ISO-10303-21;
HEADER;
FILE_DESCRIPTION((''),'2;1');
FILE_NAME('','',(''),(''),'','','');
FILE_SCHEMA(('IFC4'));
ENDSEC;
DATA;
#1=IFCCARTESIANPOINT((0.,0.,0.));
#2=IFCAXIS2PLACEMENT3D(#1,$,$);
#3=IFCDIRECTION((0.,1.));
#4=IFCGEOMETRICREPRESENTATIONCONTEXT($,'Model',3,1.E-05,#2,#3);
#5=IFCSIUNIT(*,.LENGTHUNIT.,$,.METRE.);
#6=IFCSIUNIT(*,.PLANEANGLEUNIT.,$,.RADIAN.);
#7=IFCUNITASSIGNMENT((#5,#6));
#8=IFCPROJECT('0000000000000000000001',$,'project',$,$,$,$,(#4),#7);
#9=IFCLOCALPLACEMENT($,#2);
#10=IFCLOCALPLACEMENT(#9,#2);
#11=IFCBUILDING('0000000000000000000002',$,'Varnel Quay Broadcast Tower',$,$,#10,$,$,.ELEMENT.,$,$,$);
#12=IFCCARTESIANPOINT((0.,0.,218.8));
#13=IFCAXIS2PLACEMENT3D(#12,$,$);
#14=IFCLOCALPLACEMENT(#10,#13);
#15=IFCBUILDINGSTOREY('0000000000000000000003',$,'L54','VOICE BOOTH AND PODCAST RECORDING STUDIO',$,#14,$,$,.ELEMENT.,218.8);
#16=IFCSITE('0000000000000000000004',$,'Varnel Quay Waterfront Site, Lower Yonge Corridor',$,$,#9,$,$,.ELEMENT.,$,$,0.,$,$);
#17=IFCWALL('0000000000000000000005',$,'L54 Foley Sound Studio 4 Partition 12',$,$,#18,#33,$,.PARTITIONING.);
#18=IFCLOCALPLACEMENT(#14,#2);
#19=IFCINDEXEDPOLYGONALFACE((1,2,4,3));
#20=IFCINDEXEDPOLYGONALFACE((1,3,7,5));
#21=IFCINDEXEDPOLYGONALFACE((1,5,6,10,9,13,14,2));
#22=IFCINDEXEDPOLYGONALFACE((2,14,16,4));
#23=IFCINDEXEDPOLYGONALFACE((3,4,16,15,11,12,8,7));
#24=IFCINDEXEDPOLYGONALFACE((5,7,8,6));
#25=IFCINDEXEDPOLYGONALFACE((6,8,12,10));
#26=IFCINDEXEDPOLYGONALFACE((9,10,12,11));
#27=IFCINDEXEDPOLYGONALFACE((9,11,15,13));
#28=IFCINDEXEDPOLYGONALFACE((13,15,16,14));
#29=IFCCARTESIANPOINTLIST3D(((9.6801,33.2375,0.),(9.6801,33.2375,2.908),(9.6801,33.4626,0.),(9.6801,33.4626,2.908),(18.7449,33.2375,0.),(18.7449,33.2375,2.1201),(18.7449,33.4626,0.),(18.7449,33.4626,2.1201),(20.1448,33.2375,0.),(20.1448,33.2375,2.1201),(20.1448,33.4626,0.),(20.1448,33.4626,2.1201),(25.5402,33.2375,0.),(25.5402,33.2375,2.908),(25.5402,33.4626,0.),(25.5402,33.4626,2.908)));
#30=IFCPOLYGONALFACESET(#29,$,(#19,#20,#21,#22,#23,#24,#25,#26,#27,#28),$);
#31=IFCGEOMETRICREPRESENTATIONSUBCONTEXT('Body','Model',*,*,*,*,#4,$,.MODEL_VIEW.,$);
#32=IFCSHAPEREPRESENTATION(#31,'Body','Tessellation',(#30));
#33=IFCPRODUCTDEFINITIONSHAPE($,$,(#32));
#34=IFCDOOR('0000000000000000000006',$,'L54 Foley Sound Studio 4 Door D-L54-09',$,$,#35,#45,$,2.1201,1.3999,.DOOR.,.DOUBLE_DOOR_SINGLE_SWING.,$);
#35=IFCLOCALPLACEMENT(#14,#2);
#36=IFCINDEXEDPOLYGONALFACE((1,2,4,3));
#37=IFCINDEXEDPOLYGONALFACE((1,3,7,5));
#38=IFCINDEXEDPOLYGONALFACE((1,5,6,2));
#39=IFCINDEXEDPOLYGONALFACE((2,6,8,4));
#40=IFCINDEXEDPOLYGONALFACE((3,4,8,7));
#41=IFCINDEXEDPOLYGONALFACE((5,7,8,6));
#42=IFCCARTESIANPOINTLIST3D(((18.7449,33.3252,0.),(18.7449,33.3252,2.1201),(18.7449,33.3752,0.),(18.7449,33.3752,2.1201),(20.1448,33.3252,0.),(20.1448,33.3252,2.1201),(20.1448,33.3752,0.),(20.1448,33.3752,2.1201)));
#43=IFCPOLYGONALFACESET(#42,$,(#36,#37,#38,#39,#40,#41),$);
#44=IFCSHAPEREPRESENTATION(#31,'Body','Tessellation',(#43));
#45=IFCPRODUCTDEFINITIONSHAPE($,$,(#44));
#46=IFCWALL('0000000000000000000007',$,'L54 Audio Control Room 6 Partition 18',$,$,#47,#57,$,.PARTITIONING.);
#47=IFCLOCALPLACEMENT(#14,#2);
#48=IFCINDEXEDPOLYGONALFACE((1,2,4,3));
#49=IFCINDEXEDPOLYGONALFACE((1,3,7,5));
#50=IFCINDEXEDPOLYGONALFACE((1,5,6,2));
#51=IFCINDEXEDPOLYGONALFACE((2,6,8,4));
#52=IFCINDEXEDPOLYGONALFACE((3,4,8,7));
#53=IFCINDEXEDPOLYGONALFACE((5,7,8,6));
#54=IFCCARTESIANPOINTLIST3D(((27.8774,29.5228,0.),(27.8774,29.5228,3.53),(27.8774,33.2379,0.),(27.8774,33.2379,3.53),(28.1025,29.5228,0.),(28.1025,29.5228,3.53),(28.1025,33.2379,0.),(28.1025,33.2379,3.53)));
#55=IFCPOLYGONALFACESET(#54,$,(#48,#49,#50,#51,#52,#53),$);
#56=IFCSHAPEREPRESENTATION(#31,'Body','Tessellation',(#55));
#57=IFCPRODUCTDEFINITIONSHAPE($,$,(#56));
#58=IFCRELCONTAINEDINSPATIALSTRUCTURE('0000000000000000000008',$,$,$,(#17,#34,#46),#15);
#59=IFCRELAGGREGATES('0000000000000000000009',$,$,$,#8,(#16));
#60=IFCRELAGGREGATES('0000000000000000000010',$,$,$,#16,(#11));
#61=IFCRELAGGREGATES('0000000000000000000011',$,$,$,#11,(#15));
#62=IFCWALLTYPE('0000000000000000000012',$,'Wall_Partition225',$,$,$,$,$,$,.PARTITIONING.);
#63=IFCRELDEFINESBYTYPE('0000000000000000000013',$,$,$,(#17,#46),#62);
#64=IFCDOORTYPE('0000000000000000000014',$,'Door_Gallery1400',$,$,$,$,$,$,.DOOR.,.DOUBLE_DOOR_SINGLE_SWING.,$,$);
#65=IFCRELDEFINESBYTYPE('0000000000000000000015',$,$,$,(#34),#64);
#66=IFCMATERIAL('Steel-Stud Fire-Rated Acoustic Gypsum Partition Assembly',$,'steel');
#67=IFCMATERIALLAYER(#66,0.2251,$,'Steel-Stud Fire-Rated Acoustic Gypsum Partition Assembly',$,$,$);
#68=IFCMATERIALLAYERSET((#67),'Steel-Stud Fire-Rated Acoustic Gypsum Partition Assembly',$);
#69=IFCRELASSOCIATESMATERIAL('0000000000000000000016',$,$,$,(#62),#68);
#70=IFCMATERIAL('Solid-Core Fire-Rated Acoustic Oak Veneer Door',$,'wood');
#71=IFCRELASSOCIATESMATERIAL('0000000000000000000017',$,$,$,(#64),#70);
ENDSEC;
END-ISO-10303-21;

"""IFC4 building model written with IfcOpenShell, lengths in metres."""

from ifc_helpers import new_model, si_unit, direction, frame, frame_2d, origin, place, context, subcontext, project, spatial, rectangle, extrude, source, transform, mapped, material, layer, layer_set, type_object, type_shapes, element, fill, save


model = new_model("IFC4")

# Units and contexts
model_context = context("Model", 3, precision=1e-05, world=origin(), true_north=direction((0.0, 1.0)))
body_context = subcontext(model_context, "Body", "Model", "MODEL_VIEW")
ifc_project = project(units=[si_unit("LENGTHUNIT", "METRE"), si_unit("PLANEANGLEUNIT", "RADIAN")], contexts=[model_context])

# Site, building, storey
site_placement = place(None, origin())
site = spatial("IfcSite", under=ifc_project, at=site_placement, Name="Varnel Quay Waterfront Site, Lower Yonge Corridor", CompositionType="ELEMENT", RefElevation=0.0)
building_placement = place(site_placement, origin())
building = spatial("IfcBuilding", under=site, at=building_placement, Name="Varnel Quay Broadcast Tower", CompositionType="ELEMENT")
storey_placement = place(building_placement, frame((0.0, 0.0, 218.8)))
storey = spatial("IfcBuildingStorey", under=building, at=storey_placement, Name="L54", Description="VOICE BOOTH AND PODCAST RECORDING STUDIO", CompositionType="ELEMENT", Elevation=218.8)

# Shared definitions
ifc_material_1 = material(Name="Steel-Stud Fire-Rated Acoustic Gypsum Partition Assembly", Category="steel")
ifc_layer_1 = layer(ifc_material_1, 0.2251, Name="Steel-Stud Fire-Rated Acoustic Gypsum Partition Assembly")
ifc_layer_set_1 = layer_set([ifc_layer_1], Name="Steel-Stud Fire-Rated Acoustic Gypsum Partition Assembly")
wall_type_1 = type_object("IfcWallType", Name="Wall_Partition225", PredefinedType="PARTITIONING", material=ifc_layer_set_1)

# Wall, opening, door
wall_1_placement = place(storey_placement, frame((9.6799, 33.3501, 0.0), z_axis=(0.0, 0.0, 1.0), x_axis=(1.0, 0.0, 0.0)))
wall_1 = element("IfcWall", 1, at=wall_1_placement, inside=storey, type_object=wall_type_1, Name="L54 Foley Sound Studio 4 Partition 12", PredefinedType="PARTITIONING", context=body_context, shape_type="SweptSolid", body=[
    extrude(rectangle(XDim=15.8601, YDim=0.2251, at=frame_2d((7.9302, 0.0))), origin(), (0.0, 0.0, 1.0), 2.908),
])
opening_1_placement = place(wall_1_placement, frame((9.0649, 0.0, 0.0)))
opening_1 = element("IfcOpeningElement", 2, at=opening_1_placement, cuts=wall_1, PredefinedType="OPENING", context=body_context, shape_type="SweptSolid", body=[
    extrude(rectangle(XDim=1.3999, YDim=2.1201, at=frame_2d((0.7, 1.0601))), frame((0.0, 0.1226, 0.0), z_axis=(0.0, -1.0, 0.0), x_axis=(1.0, 0.0, 0.0)), (0.0, 0.0, 1.0), 0.2451),
])
ifc_material_2 = material(Name="Solid-Core Fire-Rated Acoustic Oak Veneer Door", Category="wood")
door_type_1 = type_object("IfcDoorType", Name="Door_Gallery1400", OperationType="DOUBLE_DOOR_SINGLE_SWING", PredefinedType="DOOR", material=ifc_material_2)
shared_shape_1 = source(origin(), body_context, "Body", "SweptSolid", [
    extrude(rectangle(XDim=1.3999, YDim=2.1201, at=frame_2d((0.7, 1.0601))), frame((0.0, 0.0249, 0.0), z_axis=(0.0, -1.0, 0.0), x_axis=(1.0, 0.0, 0.0)), (0.0, 0.0, 1.0), 0.05),
])
type_shapes(door_type_1, [shared_shape_1])
door_1_placement = place(opening_1_placement, frame((1.3999, 0.0, 0.0), z_axis=(0.0, 0.0, 1.0), x_axis=(-1.0, 0.0, 0.0)))
door_1 = element("IfcDoor", 3, at=door_1_placement, inside=storey, type_object=door_type_1, Name="L54 Foley Sound Studio 4 Door D-L54-09", OperationType="DOUBLE_DOOR_SINGLE_SWING", OverallHeight=2.1201, OverallWidth=1.3999, PredefinedType="DOOR", context=body_context, shape_type="MappedRepresentation", body=[
    mapped(shared_shape_1, transform((0.0, 0.0, 0.0), x_axis=(1.0, 0.0, 0.0), y_axis=(0.0, 1.0, 0.0), z_axis=(0.0, 0.0, 1.0), scale=1.0)),
])
fill(opening_1, door_1)

# Wall
wall_2_placement = place(storey_placement, frame((27.99, 29.5229, 0.0), z_axis=(0.0, 0.0, 1.0), x_axis=(0.0, 1.0, 0.0)))
element("IfcWall", 4, at=wall_2_placement, inside=storey, type_object=wall_type_1, Name="L54 Audio Control Room 6 Partition 18", PredefinedType="PARTITIONING", context=body_context, shape_type="SweptSolid", body=[
    extrude(rectangle(XDim=3.7151, YDim=0.2251, at=frame_2d((1.8574, 0.0))), origin(), (0.0, 0.0, 1.0), 3.53),
])

save(model, "model.ifc")
